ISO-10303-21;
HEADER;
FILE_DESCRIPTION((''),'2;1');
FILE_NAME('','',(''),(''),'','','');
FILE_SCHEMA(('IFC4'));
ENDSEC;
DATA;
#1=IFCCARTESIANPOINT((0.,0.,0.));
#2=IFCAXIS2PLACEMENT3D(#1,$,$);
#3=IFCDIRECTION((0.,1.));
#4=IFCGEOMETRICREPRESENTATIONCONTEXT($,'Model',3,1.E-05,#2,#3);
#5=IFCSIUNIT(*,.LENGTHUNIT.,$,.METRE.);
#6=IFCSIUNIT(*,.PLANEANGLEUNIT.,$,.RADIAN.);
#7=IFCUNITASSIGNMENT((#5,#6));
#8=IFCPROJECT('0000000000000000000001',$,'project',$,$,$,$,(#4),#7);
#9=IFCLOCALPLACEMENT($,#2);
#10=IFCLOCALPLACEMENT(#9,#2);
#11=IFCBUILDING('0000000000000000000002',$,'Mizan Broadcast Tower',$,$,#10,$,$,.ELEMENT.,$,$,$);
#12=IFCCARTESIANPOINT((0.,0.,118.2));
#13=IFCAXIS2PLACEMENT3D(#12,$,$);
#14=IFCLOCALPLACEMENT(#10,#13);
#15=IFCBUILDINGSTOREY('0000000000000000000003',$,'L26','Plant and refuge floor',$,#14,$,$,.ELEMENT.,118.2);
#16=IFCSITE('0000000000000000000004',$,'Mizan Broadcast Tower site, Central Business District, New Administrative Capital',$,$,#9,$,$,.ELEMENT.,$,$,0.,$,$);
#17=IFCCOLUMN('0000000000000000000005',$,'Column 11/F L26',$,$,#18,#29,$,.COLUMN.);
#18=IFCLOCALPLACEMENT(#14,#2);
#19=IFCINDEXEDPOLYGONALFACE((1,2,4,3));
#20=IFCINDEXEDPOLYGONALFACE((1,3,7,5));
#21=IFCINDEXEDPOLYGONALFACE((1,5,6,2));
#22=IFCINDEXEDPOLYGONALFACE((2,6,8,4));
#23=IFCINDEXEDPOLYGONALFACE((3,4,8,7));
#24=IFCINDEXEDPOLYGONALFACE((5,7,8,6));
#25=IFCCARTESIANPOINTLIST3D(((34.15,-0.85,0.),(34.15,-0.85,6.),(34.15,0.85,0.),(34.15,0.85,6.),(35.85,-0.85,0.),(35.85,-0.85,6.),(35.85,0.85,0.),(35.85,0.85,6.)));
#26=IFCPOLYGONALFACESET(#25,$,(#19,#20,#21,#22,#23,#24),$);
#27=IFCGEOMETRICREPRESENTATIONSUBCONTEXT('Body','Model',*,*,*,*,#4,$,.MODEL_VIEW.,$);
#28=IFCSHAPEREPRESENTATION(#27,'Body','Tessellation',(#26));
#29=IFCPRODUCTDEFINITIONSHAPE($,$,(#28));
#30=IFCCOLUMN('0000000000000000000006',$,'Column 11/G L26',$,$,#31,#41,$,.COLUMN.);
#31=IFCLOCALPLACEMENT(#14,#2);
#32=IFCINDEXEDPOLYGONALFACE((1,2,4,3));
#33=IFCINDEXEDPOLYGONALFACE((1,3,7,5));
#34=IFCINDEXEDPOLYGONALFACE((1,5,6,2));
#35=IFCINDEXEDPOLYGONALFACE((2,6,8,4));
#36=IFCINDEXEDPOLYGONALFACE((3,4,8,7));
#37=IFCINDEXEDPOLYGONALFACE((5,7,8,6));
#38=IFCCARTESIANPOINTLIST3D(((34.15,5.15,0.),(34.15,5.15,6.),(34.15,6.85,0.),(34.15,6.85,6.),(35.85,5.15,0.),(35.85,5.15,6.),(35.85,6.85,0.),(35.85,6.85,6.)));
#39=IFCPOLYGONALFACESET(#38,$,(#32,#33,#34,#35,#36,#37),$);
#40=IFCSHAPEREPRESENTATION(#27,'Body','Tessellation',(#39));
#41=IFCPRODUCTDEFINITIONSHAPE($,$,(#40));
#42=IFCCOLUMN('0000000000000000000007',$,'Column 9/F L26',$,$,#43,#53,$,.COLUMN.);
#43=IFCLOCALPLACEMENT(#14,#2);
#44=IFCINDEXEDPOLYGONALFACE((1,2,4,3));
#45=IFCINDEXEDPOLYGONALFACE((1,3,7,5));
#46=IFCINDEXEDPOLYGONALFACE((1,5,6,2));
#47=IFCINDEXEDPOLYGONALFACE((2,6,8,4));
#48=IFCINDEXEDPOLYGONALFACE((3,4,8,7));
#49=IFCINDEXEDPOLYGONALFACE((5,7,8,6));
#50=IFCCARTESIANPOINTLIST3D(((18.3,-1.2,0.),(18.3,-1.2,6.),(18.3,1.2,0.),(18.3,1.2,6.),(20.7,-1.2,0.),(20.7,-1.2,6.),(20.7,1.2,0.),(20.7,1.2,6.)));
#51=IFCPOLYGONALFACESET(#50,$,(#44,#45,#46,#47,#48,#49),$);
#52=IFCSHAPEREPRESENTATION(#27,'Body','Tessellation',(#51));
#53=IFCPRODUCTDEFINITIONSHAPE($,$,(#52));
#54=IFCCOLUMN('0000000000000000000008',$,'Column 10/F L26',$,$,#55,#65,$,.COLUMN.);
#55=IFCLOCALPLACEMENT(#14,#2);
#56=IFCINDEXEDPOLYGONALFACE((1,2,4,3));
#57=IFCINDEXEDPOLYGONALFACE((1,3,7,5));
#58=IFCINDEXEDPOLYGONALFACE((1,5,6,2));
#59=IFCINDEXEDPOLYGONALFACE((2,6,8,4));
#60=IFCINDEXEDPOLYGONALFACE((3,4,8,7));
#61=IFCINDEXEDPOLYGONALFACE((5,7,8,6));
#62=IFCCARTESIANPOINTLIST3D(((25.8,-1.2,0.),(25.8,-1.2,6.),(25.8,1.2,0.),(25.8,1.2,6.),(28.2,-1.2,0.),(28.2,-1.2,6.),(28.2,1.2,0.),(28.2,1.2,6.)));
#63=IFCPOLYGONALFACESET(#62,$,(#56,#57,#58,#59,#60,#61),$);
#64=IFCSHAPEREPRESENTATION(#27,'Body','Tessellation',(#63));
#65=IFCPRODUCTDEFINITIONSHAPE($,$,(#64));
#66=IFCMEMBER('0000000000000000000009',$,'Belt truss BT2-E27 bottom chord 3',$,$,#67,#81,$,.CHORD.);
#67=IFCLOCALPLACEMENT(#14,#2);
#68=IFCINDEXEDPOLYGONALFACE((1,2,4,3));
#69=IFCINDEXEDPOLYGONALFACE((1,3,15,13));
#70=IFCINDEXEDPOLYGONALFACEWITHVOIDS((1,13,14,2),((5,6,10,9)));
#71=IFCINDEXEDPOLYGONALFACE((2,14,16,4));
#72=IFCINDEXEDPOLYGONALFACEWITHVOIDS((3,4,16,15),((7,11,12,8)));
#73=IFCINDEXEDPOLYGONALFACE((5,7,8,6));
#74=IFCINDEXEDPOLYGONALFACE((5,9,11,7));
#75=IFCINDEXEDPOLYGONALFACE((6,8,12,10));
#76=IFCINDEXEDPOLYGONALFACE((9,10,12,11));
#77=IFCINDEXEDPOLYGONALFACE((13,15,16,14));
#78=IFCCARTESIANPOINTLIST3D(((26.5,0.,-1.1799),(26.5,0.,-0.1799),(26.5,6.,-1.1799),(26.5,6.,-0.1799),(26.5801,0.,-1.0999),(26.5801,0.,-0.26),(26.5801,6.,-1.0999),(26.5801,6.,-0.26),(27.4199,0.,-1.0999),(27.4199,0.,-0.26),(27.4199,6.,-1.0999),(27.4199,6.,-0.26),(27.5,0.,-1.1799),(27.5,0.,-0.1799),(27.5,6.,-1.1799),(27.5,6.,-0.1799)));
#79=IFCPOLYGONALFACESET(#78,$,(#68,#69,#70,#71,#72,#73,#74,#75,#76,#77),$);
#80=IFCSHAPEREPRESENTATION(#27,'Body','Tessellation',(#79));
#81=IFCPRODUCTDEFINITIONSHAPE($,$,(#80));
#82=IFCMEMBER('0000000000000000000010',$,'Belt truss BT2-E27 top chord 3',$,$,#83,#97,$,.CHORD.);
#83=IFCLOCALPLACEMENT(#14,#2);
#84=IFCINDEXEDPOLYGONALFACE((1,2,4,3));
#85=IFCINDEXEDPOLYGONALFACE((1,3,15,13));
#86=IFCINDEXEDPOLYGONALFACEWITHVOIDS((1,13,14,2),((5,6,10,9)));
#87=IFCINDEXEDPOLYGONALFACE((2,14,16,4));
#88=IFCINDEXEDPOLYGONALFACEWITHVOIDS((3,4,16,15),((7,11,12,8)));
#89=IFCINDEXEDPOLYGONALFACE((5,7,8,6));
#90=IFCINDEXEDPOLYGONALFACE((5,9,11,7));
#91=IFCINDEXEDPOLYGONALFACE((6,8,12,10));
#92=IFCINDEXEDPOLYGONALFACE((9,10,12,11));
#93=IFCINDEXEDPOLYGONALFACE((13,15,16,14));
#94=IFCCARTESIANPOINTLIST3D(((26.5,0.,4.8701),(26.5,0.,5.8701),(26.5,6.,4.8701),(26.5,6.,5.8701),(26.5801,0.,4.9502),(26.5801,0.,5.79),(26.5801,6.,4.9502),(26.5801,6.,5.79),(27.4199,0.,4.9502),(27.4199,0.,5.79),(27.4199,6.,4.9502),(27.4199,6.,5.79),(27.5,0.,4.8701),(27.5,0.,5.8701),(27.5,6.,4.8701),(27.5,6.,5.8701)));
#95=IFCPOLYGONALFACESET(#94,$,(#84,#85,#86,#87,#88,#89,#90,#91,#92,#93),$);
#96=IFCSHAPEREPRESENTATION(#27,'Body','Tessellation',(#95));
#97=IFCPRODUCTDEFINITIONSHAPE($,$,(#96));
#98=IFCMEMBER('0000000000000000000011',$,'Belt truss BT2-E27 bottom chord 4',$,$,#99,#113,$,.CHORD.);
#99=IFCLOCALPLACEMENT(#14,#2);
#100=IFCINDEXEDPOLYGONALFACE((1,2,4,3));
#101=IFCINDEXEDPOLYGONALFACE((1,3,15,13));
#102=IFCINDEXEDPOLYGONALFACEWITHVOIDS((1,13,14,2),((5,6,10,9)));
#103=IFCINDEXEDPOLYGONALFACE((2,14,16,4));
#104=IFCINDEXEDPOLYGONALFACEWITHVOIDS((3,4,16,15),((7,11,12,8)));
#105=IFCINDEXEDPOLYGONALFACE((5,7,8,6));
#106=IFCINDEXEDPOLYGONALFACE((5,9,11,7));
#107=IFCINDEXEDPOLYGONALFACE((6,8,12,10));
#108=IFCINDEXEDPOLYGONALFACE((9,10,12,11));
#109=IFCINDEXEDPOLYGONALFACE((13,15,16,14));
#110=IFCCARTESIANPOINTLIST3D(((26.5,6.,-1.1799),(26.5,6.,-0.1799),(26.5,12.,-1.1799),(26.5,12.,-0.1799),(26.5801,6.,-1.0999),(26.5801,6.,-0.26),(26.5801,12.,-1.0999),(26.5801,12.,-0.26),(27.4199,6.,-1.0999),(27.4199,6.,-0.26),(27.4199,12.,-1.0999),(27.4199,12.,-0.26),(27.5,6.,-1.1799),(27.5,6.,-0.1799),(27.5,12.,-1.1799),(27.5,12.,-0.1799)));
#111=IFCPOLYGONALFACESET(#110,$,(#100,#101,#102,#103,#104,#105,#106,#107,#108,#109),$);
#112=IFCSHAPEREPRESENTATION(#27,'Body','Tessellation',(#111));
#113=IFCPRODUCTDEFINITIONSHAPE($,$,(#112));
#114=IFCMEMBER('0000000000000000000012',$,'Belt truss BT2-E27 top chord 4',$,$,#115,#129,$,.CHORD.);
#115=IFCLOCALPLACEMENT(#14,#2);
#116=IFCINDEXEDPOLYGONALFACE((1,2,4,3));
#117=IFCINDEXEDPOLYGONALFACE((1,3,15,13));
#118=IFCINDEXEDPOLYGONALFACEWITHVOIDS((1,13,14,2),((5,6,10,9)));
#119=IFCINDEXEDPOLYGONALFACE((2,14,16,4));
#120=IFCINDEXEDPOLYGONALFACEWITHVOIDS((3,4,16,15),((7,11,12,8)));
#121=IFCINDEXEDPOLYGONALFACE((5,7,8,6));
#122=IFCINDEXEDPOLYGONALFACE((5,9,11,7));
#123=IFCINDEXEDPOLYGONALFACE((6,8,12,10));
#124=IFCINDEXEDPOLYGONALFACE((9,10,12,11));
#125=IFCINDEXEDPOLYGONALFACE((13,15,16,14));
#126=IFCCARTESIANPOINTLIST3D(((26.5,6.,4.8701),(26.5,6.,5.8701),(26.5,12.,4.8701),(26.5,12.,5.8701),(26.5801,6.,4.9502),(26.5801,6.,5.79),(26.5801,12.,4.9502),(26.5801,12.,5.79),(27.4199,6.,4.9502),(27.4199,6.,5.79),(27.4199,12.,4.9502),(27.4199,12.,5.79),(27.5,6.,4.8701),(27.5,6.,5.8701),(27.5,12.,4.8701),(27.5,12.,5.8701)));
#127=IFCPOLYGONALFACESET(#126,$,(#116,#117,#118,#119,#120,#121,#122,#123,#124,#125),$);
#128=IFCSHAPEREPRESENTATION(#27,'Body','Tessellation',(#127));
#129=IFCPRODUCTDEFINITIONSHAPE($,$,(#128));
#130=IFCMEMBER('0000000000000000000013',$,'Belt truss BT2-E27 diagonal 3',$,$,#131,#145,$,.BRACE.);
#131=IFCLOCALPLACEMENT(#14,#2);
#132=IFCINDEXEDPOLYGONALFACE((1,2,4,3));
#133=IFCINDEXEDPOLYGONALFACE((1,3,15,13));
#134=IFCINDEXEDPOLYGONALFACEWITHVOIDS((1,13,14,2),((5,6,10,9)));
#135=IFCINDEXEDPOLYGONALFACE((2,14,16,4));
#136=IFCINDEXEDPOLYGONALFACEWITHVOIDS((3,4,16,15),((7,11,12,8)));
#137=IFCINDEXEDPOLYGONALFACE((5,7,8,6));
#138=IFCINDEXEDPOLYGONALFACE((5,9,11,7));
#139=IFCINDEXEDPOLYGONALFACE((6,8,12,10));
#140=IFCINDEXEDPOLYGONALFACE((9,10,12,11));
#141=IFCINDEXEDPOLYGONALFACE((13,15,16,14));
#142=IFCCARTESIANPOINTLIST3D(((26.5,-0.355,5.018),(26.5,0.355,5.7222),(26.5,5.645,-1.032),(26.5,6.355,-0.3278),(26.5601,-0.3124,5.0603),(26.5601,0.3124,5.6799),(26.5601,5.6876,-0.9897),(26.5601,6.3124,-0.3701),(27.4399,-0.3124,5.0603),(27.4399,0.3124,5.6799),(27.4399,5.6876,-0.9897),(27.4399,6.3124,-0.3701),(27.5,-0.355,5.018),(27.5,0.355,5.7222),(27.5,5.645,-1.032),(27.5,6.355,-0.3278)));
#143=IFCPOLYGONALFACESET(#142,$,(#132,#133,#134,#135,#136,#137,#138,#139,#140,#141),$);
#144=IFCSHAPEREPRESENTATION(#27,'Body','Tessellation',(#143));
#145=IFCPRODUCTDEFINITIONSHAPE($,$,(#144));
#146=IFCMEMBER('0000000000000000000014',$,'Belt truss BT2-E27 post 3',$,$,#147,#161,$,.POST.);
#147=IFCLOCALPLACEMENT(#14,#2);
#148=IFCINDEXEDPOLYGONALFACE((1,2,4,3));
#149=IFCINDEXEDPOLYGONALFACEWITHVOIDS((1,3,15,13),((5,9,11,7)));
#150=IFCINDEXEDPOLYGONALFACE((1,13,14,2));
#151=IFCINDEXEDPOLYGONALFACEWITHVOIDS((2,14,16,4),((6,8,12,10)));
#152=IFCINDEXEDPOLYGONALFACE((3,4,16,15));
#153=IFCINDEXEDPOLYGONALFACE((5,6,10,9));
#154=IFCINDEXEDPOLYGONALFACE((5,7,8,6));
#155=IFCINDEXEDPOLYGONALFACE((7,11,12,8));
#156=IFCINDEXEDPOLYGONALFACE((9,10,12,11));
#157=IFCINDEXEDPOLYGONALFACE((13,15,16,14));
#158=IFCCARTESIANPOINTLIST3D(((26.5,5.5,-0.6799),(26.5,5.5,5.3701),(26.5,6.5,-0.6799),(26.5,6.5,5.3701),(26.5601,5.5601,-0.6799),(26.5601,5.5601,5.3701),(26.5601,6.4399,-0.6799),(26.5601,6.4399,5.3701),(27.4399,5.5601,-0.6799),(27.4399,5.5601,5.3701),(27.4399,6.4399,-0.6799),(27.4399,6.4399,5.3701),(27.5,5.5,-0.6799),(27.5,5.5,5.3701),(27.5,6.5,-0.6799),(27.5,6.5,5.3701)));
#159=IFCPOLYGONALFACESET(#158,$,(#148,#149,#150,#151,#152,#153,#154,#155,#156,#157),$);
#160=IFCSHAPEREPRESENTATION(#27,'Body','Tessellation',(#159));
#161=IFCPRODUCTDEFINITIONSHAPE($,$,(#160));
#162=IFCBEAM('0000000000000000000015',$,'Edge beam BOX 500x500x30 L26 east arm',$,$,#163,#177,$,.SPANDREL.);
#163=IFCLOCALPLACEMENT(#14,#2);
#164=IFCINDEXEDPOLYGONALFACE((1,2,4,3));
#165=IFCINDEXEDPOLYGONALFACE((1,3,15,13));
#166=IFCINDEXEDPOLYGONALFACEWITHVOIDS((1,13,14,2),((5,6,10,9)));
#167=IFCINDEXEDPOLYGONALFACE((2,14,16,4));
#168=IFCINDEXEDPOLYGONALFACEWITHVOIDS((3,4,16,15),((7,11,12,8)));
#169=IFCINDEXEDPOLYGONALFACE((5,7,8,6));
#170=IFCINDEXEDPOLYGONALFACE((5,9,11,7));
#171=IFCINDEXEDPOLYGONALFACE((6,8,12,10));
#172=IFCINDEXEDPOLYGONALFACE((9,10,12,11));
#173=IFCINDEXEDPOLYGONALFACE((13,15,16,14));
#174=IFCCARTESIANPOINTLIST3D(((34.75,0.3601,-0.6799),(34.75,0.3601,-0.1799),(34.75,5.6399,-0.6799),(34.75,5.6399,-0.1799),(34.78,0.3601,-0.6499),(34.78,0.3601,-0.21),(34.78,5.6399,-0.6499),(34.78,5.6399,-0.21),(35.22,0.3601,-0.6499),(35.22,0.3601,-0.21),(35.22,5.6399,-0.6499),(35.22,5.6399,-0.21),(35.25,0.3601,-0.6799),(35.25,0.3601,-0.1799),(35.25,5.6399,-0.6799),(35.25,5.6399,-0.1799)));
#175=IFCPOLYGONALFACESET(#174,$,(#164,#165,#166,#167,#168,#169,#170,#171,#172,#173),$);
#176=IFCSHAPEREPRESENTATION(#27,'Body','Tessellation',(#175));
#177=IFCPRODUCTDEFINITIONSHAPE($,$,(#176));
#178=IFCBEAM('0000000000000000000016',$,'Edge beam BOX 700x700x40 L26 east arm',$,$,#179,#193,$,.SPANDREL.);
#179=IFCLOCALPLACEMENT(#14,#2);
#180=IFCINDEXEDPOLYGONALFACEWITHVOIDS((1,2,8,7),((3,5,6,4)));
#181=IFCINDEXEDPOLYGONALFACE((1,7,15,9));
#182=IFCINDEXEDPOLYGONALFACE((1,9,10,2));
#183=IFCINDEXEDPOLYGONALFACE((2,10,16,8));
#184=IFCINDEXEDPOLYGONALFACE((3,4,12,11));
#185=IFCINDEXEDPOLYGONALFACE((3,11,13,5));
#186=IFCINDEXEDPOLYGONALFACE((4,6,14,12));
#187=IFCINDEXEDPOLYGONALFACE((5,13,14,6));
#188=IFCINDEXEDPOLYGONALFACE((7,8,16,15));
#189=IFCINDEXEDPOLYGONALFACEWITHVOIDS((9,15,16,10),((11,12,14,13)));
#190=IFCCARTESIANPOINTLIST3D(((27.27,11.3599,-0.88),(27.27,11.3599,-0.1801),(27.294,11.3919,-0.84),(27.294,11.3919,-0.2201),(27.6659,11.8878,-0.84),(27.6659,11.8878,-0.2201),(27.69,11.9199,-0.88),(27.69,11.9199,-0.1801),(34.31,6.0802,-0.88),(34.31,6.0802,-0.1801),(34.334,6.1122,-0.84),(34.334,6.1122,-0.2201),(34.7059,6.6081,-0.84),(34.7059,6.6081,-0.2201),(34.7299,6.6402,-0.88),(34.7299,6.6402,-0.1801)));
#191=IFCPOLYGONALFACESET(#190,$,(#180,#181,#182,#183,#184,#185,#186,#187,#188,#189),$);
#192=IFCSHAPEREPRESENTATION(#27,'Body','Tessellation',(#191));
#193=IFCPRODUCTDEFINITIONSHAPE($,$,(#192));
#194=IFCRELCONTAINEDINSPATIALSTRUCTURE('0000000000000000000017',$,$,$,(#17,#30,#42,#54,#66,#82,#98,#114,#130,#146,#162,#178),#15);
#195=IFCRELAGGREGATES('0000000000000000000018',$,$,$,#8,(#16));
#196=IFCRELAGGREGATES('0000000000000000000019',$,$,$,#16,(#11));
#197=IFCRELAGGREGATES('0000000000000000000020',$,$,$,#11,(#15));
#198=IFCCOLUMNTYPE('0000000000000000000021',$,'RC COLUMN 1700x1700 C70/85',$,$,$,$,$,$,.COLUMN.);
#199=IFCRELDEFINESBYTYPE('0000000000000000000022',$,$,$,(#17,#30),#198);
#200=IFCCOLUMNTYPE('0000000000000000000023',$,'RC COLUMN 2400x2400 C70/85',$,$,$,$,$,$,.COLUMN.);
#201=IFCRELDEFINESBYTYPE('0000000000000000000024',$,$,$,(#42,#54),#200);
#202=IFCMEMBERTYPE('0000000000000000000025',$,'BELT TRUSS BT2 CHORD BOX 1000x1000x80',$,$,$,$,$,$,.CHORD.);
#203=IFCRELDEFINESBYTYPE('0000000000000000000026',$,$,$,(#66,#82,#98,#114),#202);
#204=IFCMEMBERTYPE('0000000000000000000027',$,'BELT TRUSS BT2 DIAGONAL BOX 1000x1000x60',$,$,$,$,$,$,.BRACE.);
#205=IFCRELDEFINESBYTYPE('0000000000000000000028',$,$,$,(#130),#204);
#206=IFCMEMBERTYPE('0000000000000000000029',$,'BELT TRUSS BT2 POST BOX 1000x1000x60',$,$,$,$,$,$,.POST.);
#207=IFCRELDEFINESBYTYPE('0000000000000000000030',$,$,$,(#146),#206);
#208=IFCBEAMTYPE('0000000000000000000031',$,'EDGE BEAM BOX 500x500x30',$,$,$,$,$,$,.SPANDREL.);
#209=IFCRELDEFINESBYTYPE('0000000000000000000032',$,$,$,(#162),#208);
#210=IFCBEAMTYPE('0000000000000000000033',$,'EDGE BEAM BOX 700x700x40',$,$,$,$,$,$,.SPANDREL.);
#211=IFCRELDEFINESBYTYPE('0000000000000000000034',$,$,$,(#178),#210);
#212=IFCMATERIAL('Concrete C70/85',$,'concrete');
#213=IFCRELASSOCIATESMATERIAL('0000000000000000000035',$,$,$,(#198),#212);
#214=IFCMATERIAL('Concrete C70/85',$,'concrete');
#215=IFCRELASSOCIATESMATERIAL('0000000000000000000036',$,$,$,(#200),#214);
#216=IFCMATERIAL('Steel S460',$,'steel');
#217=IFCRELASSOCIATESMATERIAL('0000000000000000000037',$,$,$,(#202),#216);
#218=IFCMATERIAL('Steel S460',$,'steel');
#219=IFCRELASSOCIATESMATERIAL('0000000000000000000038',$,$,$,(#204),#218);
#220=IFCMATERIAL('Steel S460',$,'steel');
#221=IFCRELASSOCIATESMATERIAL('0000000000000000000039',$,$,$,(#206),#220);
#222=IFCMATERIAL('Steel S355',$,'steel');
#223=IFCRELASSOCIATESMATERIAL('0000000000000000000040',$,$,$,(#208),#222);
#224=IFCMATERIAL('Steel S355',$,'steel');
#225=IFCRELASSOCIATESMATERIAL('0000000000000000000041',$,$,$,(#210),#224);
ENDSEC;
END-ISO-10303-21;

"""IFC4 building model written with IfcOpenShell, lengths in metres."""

from ifc_helpers import new_model, si_unit, direction, frame, origin, origin_2d, place, context, subcontext, project, spatial, rectangle, hollow_rectangle, extrude, material, material_profile, profile_set, type_object, element, save


model = new_model("IFC4")

# Units and contexts
model_context = context("Model", 3, precision=1e-05, world=origin(), true_north=direction((0.0, 1.0)))
body_context = subcontext(model_context, "Body", "Model", "MODEL_VIEW")
ifc_project = project(units=[si_unit("LENGTHUNIT", "METRE"), si_unit("PLANEANGLEUNIT", "RADIAN")], contexts=[model_context])

# Site, building, storey
site_placement = place(None, origin())
site = spatial("IfcSite", under=ifc_project, at=site_placement, Name="Mizan Broadcast Tower site, Central Business District, New Administrative Capital", CompositionType="ELEMENT", RefElevation=0.0)
building_placement = place(site_placement, origin())
building = spatial("IfcBuilding", under=site, at=building_placement, Name="Mizan Broadcast Tower", CompositionType="ELEMENT")
storey_placement = place(building_placement, frame((0.0, 0.0, 118.2)))
storey = spatial("IfcBuildingStorey", under=building, at=storey_placement, Name="L26", Description="Plant and refuge floor", CompositionType="ELEMENT", Elevation=118.2)

# Columns
ifc_material_1 = material(Name="Concrete C70/85", Category="concrete")
ifc_material_profile_1 = material_profile(ifc_material_1, rectangle(XDim=1.7, YDim=1.7, at=origin_2d()), Name="RC 1700x1700")
ifc_profile_set_1 = profile_set([ifc_material_profile_1], Name="Concrete C70/85")
column_type_1 = type_object("IfcColumnType", Name="RC COLUMN 1700x1700 C70/85", PredefinedType="COLUMN", material=ifc_profile_set_1)
for number, where, z_axis, x_axis, name in (
    (1, (35.0, 0.0, 0.0), (0.0, 0.0, 1.0), (1.0, 0.0, 0.0), "Column 11/F L26"),
    (2, (35.0, 6.0, 0.0), (0.0, 0.0, 1.0), (1.0, 0.0, 0.0), "Column 11/G L26"),
):
    element("IfcColumn", number, at=place(storey_placement, frame(where, z_axis=z_axis, x_axis=x_axis)), inside=storey, type_object=column_type_1, Name=name, PredefinedType="COLUMN", context=body_context, shape_type="SweptSolid", body=[
        extrude(rectangle(XDim=1.7, YDim=1.7, at=origin_2d()), origin(), (0.0, 0.0, 1.0), 6.0),
    ])
ifc_material_2 = material(Name="Concrete C70/85", Category="concrete")
ifc_material_profile_2 = material_profile(ifc_material_2, rectangle(XDim=2.3999, YDim=2.3999, at=origin_2d()), Name="RC 2400x2400")
ifc_profile_set_2 = profile_set([ifc_material_profile_2], Name="Concrete C70/85")
column_type_2 = type_object("IfcColumnType", Name="RC COLUMN 2400x2400 C70/85", PredefinedType="COLUMN", material=ifc_profile_set_2)
for number, where, z_axis, x_axis, name in (
    (3, (19.5, 0.0, 0.0), (0.0, 0.0, 1.0), (1.0, 0.0, 0.0), "Column 9/F L26"),
    (4, (27.0, 0.0, 0.0), (0.0, 0.0, 1.0), (1.0, 0.0, 0.0), "Column 10/F L26"),
):
    element("IfcColumn", number, at=place(storey_placement, frame(where, z_axis=z_axis, x_axis=x_axis)), inside=storey, type_object=column_type_2, Name=name, PredefinedType="COLUMN", context=body_context, shape_type="SweptSolid", body=[
        extrude(rectangle(XDim=2.3999, YDim=2.3999, at=origin_2d()), origin(), (0.0, 0.0, 1.0), 6.0),
    ])

# Members
ifc_material_3 = material(Name="Steel S460", Category="steel")
ifc_material_profile_3 = material_profile(ifc_material_3, hollow_rectangle(XDim=1.0, YDim=1.0, WallThickness=0.0801, at=origin_2d()), Name="BOX 1000x1000x80")
ifc_profile_set_3 = profile_set([ifc_material_profile_3], Name="Steel S460")
member_type_1 = type_object("IfcMemberType", Name="BELT TRUSS BT2 CHORD BOX 1000x1000x80", PredefinedType="CHORD", material=ifc_profile_set_3)
for number, where, z_axis, x_axis, name in (
    (5, (27.0, 0.0, -0.6799), (0.0, 1.0, 0.0), (-1.0, 0.0, 0.0), "Belt truss BT2-E27 bottom chord 3"),
    (6, (27.0, 0.0, 5.3701), (0.0, 1.0, 0.0), (-1.0, 0.0, 0.0), "Belt truss BT2-E27 top chord 3"),
    (7, (27.0, 6.0, -0.6799), (0.0, 1.0, 0.0), (-1.0, 0.0, 0.0), "Belt truss BT2-E27 bottom chord 4"),
    (8, (27.0, 6.0, 5.3701), (0.0, 1.0, 0.0), (-1.0, 0.0, 0.0), "Belt truss BT2-E27 top chord 4"),
):
    element("IfcMember", number, at=place(storey_placement, frame(where, z_axis=z_axis, x_axis=x_axis)), inside=storey, type_object=member_type_1, Name=name, PredefinedType="CHORD", context=body_context, shape_type="SweptSolid", body=[
        extrude(hollow_rectangle(XDim=1.0, YDim=1.0, WallThickness=0.0801, at=origin_2d()), origin(), (0.0, 0.0, 1.0), 6.0),
    ])
ifc_material_4 = material(Name="Steel S460", Category="steel")
ifc_material_profile_4 = material_profile(ifc_material_4, hollow_rectangle(XDim=1.0, YDim=1.0, WallThickness=0.0601, at=origin_2d()), Name="BOX 1000x1000x60")
ifc_profile_set_4 = profile_set([ifc_material_profile_4], Name="Steel S460")
member_type_2 = type_object("IfcMemberType", Name="BELT TRUSS BT2 DIAGONAL BOX 1000x1000x60", PredefinedType="BRACE", material=ifc_profile_set_4)
member_1_placement = place(storey_placement, frame((27.0, 6.0, -0.6799), z_axis=(0.0, -0.704164, 0.710038), x_axis=(1.0, 0.0, 0.0)))
element("IfcMember", 9, at=member_1_placement, inside=storey, type_object=member_type_2, Name="Belt truss BT2-E27 diagonal 3", PredefinedType="BRACE", context=body_context, shape_type="SweptSolid", body=[
    extrude(hollow_rectangle(XDim=1.0, YDim=1.0, WallThickness=0.0601, at=origin_2d()), origin(), (0.0, 0.0, 1.0), 8.5208),
])
ifc_material_5 = material(Name="Steel S460", Category="steel")
ifc_material_profile_5 = material_profile(ifc_material_5, hollow_rectangle(XDim=1.0, YDim=1.0, WallThickness=0.0601, at=origin_2d()), Name="BOX 1000x1000x60")
ifc_profile_set_5 = profile_set([ifc_material_profile_5], Name="Steel S460")
member_type_3 = type_object("IfcMemberType", Name="BELT TRUSS BT2 POST BOX 1000x1000x60", PredefinedType="POST", material=ifc_profile_set_5)
member_2_placement = place(storey_placement, frame((27.0, 6.0, -0.6799), z_axis=(0.0, 0.0, 1.0), x_axis=(1.0, 0.0, 0.0)))
element("IfcMember", 10, at=member_2_placement, inside=storey, type_object=member_type_3, Name="Belt truss BT2-E27 post 3", PredefinedType="POST", context=body_context, shape_type="SweptSolid", body=[
    extrude(hollow_rectangle(XDim=1.0, YDim=1.0, WallThickness=0.0601, at=origin_2d()), origin(), (0.0, 0.0, 1.0), 6.05),
])

# Beams
ifc_material_6 = material(Name="Steel S355", Category="steel")
ifc_material_profile_6 = material_profile(ifc_material_6, hollow_rectangle(XDim=0.5, YDim=0.5, WallThickness=0.03, at=origin_2d()), Name="BOX 500x500x30")
ifc_profile_set_6 = profile_set([ifc_material_profile_6], Name="Steel S355")
beam_type_1 = type_object("IfcBeamType", Name="EDGE BEAM BOX 500x500x30", PredefinedType="SPANDREL", material=ifc_profile_set_6)
beam_1_placement = place(storey_placement, frame((35.0, 5.6399, -0.4299), z_axis=(0.0, -1.0, 0.0), x_axis=(1.0, 0.0, 0.0)))
element("IfcBeam", 11, at=beam_1_placement, inside=storey, type_object=beam_type_1, Name="Edge beam BOX 500x500x30 L26 east arm", PredefinedType="SPANDREL", context=body_context, shape_type="SweptSolid", body=[
    extrude(hollow_rectangle(XDim=0.5, YDim=0.5, WallThickness=0.03, at=origin_2d()), origin(), (0.0, 0.0, 1.0), 5.2798),
])
ifc_material_7 = material(Name="Steel S355", Category="steel")
ifc_material_profile_7 = material_profile(ifc_material_7, hollow_rectangle(XDim=0.7, YDim=0.7, WallThickness=0.04, at=origin_2d()), Name="BOX 700x700x40")
ifc_profile_set_7 = profile_set([ifc_material_profile_7], Name="Steel S355")
beam_type_2 = type_object("IfcBeamType", Name="EDGE BEAM BOX 700x700x40", PredefinedType="SPANDREL", material=ifc_profile_set_7)
beam_2_placement = place(storey_placement, frame((27.48, 11.6399, -0.53), z_axis=(0.800013, -0.599982, 0.0), x_axis=(0.599982, 0.800013, 0.0)))
element("IfcBeam", 12, at=beam_2_placement, inside=storey, type_object=beam_type_2, Name="Edge beam BOX 700x700x40 L26 east arm", PredefinedType="SPANDREL", context=body_context, shape_type="SweptSolid", body=[
    extrude(hollow_rectangle(XDim=0.7, YDim=0.7, WallThickness=0.04, at=origin_2d()), origin(), (0.0, 0.0, 1.0), 8.7998),
])

save(model, "model.ifc")
